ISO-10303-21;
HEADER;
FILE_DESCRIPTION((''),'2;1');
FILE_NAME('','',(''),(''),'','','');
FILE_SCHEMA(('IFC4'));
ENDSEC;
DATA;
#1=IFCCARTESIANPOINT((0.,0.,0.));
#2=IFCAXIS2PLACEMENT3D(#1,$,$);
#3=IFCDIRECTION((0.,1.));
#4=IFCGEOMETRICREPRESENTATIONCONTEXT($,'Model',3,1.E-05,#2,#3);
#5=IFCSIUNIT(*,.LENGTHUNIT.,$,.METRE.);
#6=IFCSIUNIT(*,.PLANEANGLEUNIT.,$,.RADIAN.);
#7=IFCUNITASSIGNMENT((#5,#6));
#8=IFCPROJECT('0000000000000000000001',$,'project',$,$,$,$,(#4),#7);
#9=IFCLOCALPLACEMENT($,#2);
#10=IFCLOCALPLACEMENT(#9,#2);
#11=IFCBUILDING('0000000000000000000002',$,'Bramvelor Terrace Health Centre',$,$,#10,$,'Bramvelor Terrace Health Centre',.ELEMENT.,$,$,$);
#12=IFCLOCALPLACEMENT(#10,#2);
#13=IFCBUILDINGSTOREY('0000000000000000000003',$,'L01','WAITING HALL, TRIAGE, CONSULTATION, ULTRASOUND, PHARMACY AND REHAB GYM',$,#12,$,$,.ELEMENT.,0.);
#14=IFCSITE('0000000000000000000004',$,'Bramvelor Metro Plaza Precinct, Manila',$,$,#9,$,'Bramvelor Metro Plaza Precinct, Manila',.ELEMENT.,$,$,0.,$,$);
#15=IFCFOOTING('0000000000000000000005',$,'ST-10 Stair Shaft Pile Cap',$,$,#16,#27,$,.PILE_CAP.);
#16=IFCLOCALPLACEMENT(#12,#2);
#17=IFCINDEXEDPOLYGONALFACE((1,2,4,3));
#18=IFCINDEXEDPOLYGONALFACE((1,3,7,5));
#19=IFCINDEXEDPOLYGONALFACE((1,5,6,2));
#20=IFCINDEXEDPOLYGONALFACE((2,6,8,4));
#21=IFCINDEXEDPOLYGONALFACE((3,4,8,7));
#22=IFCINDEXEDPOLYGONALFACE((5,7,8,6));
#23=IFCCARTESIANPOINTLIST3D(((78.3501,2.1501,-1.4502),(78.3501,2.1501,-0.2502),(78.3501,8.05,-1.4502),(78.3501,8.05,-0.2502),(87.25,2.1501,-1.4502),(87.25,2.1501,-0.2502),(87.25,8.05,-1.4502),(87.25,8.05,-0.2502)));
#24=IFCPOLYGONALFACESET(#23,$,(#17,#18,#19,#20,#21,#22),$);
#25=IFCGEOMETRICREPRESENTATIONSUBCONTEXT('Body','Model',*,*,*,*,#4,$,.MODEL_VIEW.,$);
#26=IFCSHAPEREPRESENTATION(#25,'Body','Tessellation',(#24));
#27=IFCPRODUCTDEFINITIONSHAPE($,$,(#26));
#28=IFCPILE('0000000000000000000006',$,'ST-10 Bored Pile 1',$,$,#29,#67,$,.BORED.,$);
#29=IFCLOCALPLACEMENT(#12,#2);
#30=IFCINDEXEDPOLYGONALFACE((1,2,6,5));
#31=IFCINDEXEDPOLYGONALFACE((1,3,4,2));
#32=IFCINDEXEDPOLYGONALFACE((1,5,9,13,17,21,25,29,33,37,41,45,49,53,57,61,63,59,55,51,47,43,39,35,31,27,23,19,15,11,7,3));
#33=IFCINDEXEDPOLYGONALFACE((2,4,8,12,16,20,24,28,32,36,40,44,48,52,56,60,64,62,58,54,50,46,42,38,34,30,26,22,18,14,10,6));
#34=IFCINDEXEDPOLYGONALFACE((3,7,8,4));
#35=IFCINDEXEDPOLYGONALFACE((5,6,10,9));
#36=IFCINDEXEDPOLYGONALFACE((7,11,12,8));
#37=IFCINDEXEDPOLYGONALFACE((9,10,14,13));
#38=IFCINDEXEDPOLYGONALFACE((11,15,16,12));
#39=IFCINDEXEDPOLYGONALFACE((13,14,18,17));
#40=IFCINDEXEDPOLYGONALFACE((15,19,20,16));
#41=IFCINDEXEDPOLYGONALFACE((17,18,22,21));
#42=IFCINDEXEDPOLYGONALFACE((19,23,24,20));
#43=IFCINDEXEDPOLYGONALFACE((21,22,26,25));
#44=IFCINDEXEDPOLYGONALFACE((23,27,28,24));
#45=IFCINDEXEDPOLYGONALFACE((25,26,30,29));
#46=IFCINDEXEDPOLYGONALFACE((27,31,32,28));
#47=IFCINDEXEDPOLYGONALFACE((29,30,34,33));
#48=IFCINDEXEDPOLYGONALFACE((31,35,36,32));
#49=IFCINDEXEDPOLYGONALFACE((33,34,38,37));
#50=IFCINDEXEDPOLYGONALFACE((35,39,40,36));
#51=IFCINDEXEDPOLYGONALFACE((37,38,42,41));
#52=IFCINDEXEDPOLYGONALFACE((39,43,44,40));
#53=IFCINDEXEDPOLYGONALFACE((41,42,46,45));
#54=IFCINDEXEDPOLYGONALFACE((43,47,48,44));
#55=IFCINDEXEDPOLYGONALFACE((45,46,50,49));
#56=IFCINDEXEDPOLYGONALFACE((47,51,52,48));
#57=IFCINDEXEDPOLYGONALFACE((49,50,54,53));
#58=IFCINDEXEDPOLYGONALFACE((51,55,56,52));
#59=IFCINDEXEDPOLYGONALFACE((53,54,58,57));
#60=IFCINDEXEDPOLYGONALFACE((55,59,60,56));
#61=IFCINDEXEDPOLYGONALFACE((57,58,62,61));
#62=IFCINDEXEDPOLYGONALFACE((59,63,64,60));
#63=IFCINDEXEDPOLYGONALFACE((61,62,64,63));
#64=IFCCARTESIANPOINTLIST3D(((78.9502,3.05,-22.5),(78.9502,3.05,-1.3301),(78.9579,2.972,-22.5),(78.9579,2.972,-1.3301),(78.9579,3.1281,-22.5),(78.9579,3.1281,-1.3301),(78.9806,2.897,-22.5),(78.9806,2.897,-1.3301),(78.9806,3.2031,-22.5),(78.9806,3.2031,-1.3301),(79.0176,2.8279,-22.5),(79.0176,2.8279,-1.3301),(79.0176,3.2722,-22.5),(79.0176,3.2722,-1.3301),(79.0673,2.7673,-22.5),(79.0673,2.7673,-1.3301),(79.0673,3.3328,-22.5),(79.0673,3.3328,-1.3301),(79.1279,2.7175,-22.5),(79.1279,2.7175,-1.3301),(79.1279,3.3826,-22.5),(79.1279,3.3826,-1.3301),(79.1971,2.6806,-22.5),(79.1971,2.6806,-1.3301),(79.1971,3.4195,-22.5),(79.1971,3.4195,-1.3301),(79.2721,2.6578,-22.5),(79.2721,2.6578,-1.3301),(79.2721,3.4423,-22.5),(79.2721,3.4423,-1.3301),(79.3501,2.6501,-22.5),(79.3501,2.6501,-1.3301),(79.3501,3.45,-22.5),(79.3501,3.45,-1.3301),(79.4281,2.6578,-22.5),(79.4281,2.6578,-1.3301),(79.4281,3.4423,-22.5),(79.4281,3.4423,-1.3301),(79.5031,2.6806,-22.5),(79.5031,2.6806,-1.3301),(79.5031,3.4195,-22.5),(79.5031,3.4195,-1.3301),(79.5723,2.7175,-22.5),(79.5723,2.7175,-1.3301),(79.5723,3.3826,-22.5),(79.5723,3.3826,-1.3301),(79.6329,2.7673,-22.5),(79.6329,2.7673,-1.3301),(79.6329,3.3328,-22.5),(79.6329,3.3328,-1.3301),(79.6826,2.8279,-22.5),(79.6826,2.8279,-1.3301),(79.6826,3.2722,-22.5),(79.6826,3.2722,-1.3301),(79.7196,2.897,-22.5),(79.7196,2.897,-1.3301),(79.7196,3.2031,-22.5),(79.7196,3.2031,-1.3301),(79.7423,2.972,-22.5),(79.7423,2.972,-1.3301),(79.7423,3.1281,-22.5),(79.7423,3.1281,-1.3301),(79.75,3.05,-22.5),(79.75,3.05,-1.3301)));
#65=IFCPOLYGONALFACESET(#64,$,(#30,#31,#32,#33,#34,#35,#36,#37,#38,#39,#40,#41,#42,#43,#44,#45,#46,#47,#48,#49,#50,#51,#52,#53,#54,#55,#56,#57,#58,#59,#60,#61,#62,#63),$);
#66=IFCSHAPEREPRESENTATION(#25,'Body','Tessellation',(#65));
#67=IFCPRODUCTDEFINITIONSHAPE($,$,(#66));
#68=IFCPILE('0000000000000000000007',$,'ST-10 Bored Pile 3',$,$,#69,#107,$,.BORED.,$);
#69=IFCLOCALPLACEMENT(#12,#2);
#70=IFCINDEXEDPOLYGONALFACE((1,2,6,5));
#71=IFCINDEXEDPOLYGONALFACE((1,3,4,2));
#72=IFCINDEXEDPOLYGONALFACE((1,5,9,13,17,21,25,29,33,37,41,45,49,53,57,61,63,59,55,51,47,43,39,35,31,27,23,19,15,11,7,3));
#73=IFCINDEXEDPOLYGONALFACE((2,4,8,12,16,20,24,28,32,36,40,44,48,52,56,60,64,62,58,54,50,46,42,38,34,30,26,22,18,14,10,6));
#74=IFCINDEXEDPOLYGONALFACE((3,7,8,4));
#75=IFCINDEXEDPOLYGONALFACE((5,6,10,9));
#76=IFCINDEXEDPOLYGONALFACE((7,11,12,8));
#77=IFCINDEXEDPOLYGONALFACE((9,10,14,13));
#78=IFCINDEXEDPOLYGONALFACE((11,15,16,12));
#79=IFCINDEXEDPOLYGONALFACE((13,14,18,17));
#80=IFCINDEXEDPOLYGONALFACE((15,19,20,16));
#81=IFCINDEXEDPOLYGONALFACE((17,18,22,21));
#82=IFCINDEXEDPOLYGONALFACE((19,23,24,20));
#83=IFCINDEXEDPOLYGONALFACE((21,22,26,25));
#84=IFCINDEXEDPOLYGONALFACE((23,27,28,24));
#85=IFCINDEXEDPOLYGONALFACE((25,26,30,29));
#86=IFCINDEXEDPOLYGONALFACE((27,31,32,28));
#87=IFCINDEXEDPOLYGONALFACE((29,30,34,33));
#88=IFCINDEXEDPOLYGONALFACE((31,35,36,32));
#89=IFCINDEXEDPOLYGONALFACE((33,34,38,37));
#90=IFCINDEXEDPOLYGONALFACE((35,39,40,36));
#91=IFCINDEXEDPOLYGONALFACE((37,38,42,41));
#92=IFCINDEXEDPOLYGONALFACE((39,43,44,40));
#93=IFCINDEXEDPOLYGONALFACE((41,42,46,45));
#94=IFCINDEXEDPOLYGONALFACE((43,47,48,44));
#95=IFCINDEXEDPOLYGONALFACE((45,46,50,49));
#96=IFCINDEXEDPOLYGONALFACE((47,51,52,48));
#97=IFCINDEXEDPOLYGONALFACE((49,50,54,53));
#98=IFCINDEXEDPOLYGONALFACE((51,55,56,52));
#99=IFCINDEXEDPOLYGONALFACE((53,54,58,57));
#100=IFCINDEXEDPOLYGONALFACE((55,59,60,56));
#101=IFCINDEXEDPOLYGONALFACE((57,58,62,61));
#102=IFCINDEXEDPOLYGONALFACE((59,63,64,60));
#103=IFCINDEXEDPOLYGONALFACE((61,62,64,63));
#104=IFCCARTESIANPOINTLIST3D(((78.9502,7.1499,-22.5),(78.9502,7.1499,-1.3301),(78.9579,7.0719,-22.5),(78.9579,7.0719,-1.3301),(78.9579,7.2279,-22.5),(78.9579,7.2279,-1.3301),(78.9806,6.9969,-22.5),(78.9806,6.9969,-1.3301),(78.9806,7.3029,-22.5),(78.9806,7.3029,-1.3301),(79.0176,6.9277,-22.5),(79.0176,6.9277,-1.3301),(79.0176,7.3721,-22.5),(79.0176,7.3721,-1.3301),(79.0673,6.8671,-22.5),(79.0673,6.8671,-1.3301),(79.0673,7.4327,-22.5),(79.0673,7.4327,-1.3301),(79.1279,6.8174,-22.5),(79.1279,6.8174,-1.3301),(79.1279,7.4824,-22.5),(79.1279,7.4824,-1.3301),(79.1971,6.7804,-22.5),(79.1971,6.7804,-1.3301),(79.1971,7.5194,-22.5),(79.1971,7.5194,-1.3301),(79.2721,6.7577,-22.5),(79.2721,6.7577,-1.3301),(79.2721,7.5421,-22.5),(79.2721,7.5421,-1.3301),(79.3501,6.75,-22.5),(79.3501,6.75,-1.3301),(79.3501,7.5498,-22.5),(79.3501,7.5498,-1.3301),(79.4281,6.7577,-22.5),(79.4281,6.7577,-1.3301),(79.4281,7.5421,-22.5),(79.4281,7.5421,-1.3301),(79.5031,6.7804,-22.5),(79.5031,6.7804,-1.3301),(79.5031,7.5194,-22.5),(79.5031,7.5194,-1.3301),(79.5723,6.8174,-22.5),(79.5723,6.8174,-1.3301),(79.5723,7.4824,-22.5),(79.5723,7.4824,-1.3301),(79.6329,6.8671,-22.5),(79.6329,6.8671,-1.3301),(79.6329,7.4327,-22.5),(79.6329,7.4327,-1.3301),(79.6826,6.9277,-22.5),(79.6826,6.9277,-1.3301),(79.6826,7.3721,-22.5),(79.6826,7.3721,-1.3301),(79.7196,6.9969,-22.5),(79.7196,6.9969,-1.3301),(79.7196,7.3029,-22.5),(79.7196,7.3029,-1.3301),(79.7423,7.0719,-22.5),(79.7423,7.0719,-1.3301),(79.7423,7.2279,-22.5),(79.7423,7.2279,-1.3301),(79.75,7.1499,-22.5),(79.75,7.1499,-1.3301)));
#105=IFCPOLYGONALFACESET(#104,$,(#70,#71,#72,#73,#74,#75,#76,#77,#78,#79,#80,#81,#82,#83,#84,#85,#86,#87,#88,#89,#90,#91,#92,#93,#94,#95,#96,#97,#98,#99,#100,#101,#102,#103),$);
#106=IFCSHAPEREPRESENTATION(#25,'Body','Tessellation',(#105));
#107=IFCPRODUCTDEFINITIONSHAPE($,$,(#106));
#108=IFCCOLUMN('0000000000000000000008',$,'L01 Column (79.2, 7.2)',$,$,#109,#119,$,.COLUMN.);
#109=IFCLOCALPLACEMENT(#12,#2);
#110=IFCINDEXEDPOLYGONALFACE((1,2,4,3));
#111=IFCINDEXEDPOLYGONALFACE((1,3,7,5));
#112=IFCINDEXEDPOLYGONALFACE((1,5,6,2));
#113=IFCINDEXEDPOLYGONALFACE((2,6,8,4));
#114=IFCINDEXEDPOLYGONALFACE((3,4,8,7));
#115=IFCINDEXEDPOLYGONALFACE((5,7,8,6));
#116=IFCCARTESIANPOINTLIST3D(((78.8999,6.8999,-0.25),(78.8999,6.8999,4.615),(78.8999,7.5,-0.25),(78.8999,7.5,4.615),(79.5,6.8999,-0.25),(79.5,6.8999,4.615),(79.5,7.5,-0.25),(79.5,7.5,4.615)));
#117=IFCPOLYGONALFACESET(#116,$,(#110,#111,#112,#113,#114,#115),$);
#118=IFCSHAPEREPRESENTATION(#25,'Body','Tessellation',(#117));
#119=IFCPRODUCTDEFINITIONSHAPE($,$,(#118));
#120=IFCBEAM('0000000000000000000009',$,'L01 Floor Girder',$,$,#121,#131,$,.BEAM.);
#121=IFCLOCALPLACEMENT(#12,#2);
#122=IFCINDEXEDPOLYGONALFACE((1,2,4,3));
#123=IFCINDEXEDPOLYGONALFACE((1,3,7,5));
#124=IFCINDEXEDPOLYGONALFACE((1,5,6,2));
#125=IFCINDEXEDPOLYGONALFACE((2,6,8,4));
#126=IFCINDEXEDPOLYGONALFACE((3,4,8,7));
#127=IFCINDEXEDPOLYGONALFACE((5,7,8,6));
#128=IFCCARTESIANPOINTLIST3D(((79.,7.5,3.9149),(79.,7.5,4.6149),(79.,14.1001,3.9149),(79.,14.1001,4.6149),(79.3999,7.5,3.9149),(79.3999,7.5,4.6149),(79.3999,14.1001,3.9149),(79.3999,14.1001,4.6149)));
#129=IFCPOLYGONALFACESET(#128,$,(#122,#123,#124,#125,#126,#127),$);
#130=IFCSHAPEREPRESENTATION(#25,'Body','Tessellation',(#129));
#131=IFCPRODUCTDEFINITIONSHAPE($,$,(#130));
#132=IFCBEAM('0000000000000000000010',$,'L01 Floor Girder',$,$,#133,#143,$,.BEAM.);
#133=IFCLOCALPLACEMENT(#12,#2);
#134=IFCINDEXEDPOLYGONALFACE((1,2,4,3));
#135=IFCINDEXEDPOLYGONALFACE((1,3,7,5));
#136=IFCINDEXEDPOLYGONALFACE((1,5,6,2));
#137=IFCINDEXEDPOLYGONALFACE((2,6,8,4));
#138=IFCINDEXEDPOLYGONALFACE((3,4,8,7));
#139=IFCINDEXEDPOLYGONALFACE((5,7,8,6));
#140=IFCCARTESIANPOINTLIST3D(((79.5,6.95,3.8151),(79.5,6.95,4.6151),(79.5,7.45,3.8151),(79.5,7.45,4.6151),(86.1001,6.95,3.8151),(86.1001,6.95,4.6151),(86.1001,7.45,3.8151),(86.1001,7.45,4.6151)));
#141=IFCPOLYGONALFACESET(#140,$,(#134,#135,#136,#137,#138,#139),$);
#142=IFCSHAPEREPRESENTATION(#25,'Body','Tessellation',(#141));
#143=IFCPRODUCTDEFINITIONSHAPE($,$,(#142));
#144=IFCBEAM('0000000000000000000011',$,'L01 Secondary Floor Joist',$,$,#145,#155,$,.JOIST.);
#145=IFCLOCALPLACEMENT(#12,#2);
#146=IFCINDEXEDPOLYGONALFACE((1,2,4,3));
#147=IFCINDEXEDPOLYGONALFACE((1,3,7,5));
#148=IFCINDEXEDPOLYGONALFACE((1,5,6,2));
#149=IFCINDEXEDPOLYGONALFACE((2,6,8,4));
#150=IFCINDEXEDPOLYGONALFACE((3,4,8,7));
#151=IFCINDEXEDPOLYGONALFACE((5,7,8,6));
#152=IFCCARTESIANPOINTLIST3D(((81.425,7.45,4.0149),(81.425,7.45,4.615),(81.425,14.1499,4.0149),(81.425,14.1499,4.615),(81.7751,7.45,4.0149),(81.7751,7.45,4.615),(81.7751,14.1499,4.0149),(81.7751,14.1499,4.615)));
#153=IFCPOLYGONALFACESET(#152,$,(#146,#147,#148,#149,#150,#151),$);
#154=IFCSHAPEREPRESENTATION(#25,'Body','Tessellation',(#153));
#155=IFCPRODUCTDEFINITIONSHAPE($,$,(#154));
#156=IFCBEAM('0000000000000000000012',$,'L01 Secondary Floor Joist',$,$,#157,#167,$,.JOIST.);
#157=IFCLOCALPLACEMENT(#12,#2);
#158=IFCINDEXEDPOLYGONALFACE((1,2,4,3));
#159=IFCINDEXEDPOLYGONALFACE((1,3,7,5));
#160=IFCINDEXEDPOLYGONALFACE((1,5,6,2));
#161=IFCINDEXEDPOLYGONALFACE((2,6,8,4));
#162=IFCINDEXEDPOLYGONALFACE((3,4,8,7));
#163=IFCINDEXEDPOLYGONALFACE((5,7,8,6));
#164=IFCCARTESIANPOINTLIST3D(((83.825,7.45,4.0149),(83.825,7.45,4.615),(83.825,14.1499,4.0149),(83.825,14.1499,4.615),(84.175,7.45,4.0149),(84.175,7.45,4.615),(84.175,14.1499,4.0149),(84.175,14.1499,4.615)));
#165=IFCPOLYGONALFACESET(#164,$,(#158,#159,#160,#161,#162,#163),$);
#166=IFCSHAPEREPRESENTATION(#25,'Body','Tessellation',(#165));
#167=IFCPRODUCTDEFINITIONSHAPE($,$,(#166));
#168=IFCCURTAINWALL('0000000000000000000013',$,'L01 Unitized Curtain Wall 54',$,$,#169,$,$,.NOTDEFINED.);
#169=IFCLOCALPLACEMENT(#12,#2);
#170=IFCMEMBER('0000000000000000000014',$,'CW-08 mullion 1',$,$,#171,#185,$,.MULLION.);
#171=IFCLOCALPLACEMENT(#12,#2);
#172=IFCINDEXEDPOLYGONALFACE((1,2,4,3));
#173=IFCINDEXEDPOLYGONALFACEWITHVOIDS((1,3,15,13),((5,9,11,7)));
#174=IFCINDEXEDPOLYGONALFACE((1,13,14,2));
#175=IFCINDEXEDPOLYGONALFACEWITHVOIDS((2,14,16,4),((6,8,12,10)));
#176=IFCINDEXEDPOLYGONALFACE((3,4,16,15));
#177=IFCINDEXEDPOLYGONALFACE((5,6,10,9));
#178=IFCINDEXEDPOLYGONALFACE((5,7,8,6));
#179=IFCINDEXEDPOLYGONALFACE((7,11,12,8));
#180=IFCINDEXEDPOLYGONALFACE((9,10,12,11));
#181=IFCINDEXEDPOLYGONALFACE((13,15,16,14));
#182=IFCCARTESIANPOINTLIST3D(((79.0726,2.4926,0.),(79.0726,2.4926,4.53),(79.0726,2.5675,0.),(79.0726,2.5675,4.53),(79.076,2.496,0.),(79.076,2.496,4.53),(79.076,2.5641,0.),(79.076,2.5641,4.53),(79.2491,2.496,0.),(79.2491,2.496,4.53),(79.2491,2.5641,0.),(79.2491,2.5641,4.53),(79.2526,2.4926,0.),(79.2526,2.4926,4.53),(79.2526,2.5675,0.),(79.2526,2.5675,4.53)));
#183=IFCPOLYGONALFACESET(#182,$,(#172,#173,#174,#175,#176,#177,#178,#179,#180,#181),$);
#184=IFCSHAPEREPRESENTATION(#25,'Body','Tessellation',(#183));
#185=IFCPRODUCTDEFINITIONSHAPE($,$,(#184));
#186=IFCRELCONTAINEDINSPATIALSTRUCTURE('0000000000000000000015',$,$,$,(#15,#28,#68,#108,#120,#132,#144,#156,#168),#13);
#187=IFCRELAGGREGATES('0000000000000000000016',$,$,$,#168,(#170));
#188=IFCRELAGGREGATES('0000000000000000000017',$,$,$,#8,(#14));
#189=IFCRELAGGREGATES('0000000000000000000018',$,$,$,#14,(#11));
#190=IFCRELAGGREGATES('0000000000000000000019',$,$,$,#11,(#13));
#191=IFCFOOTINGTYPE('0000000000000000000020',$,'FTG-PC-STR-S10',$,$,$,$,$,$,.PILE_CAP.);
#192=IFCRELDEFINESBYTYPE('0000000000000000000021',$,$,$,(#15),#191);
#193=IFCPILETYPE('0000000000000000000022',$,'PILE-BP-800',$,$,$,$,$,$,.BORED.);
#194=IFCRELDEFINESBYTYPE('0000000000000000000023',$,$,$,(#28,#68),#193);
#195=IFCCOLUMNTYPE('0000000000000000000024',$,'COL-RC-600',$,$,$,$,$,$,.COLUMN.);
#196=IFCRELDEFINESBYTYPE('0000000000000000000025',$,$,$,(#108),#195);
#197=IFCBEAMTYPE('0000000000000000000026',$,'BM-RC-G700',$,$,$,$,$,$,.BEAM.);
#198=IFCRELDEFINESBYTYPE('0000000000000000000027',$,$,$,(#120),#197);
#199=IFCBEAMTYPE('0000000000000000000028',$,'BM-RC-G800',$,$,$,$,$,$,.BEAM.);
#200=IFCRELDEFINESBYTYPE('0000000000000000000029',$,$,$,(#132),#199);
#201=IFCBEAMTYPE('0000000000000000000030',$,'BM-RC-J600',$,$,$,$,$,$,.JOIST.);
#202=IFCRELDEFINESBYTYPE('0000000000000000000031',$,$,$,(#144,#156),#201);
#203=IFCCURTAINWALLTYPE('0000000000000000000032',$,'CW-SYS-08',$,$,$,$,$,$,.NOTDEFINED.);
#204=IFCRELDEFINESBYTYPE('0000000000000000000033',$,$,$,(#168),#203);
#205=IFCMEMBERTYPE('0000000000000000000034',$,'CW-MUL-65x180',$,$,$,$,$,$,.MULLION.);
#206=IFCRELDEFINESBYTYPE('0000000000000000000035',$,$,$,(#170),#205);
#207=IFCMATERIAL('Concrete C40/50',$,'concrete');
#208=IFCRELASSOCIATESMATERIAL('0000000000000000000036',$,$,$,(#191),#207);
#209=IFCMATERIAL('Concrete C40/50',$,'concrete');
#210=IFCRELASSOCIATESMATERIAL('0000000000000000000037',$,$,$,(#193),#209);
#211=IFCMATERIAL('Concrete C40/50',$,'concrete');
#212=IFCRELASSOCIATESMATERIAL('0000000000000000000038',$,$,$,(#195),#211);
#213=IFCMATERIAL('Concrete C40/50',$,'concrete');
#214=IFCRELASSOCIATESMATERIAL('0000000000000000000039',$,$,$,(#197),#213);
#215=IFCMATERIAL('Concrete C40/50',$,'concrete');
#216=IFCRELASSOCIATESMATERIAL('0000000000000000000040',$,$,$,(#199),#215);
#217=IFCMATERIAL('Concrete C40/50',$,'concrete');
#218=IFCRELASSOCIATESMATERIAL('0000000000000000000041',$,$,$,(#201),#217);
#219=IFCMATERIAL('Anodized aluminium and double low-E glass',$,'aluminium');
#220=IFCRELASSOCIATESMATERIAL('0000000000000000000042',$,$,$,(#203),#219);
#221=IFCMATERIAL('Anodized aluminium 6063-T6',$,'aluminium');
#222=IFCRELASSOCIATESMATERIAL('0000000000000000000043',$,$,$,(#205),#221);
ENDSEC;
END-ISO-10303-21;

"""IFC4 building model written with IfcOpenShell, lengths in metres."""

from ifc_helpers import new_model, si_unit, direction, frame, origin, origin_2d, place, context, subcontext, project, spatial, rectangle, hollow_rectangle, circle, extrude, material, material_profile, profile_set, type_object, element, aggregate, save


model = new_model("IFC4")

# Units and contexts
model_context = context("Model", 3, precision=1e-05, world=origin(), true_north=direction((0.0, 1.0)))
body_context = subcontext(model_context, "Body", "Model", "MODEL_VIEW")
ifc_project = project(units=[si_unit("LENGTHUNIT", "METRE"), si_unit("PLANEANGLEUNIT", "RADIAN")], contexts=[model_context])

# Site, building, storey
site_placement = place(None, origin())
site = spatial("IfcSite", under=ifc_project, at=site_placement, Name="Bramvelor Metro Plaza Precinct, Manila", LongName="Bramvelor Metro Plaza Precinct, Manila", CompositionType="ELEMENT", RefElevation=0.0)
building_placement = place(site_placement, origin())
building = spatial("IfcBuilding", under=site, at=building_placement, Name="Bramvelor Terrace Health Centre", LongName="Bramvelor Terrace Health Centre", CompositionType="ELEMENT")
storey_placement = place(building_placement, origin())
storey = spatial("IfcBuildingStorey", under=building, at=storey_placement, Name="L01", Description="WAITING HALL, TRIAGE, CONSULTATION, ULTRASOUND, PHARMACY AND REHAB GYM", CompositionType="ELEMENT", Elevation=0.0)

# Footing
ifc_material_1 = material(Name="Concrete C40/50", Category="concrete")
footing_type = type_object("IfcFootingType", Name="FTG-PC-STR-S10", PredefinedType="PILE_CAP", material=ifc_material_1)
footing_placement = place(storey_placement, frame((82.8, 5.1001, -1.4502), z_axis=(0.0, 0.0, 1.0), x_axis=(1.0, 0.0, 0.0)))
element("IfcFooting", 1, at=footing_placement, inside=storey, type_object=footing_type, Name="ST-10 Stair Shaft Pile Cap", PredefinedType="PILE_CAP", context=body_context, shape_type="SweptSolid", body=[
    extrude(rectangle(XDim=8.8999, YDim=5.8999, at=origin_2d()), origin(), (0.0, 0.0, 1.0), 1.2),
])

# Piles
ifc_material_2 = material(Name="Concrete C40/50", Category="concrete")
ifc_material_profile_1 = material_profile(ifc_material_2, circle(Radius=0.3999, at=origin_2d()), Name="BP D800")
ifc_profile_set_1 = profile_set([ifc_material_profile_1], Name="Concrete C40/50")
pile_type = type_object("IfcPileType", Name="PILE-BP-800", PredefinedType="BORED", material=ifc_profile_set_1)
for number, where, z_axis, x_axis, name in (
    (2, (79.3501, 3.05, -1.3301), (0.0, 0.0, -1.0), (1.0, 0.0, 0.0), "ST-10 Bored Pile 1"),
    (3, (79.3501, 7.1499, -1.3301), (0.0, 0.0, -1.0), (1.0, 0.0, 0.0), "ST-10 Bored Pile 3"),
):
    element("IfcPile", number, at=place(storey_placement, frame(where, z_axis=z_axis, x_axis=x_axis)), inside=storey, type_object=pile_type, Name=name, PredefinedType="BORED", context=body_context, shape_type="SweptSolid", body=[
        extrude(circle(Radius=0.3999, at=origin_2d()), origin(), (0.0, 0.0, 1.0), 21.1699),
    ])

# Column
ifc_material_3 = material(Name="Concrete C40/50", Category="concrete")
ifc_material_profile_2 = material_profile(ifc_material_3, rectangle(XDim=0.6001, YDim=0.6001, at=origin_2d()), Name="RC 600x600")
ifc_profile_set_2 = profile_set([ifc_material_profile_2], Name="Concrete C40/50")
column_type = type_object("IfcColumnType", Name="COL-RC-600", PredefinedType="COLUMN", material=ifc_profile_set_2)
column_placement = place(storey_placement, frame((79.2, 7.2, -0.25), z_axis=(0.0, 0.0, 1.0), x_axis=(1.0, 0.0, 0.0)))
element("IfcColumn", 4, at=column_placement, inside=storey, type_object=column_type, Name="L01 Column (79.2, 7.2)", PredefinedType="COLUMN", context=body_context, shape_type="SweptSolid", body=[
    extrude(rectangle(XDim=0.6001, YDim=0.6001, at=origin_2d()), origin(), (0.0, 0.0, 1.0), 4.865),
])

# Beams
ifc_material_4 = material(Name="Concrete C40/50", Category="concrete")
ifc_material_profile_3 = material_profile(ifc_material_4, rectangle(XDim=0.3999, YDim=0.7, at=origin_2d()), Name="RC 400x700")
ifc_profile_set_3 = profile_set([ifc_material_profile_3], Name="Concrete C40/50")
beam_type_1 = type_object("IfcBeamType", Name="BM-RC-G700", PredefinedType="BEAM", material=ifc_profile_set_3)
beam_1_placement = place(storey_placement, frame((79.2, 7.5, 4.2649), z_axis=(0.0, 1.0, 0.0), x_axis=(-1.0, 0.0, 0.0)))
element("IfcBeam", 5, at=beam_1_placement, inside=storey, type_object=beam_type_1, Name="L01 Floor Girder", PredefinedType="BEAM", context=body_context, shape_type="SweptSolid", body=[
    extrude(rectangle(XDim=0.3999, YDim=0.7, at=origin_2d()), origin(), (0.0, 0.0, 1.0), 6.6001),
])
ifc_material_5 = material(Name="Concrete C40/50", Category="concrete")
ifc_material_profile_4 = material_profile(ifc_material_5, rectangle(XDim=0.5, YDim=0.8, at=origin_2d()), Name="RC 500x800")
ifc_profile_set_4 = profile_set([ifc_material_profile_4], Name="Concrete C40/50")
beam_type_2 = type_object("IfcBeamType", Name="BM-RC-G800", PredefinedType="BEAM", material=ifc_profile_set_4)
beam_2_placement = place(storey_placement, frame((79.5, 7.2, 4.2151), z_axis=(1.0, 0.0, 0.0), x_axis=(0.0, 1.0, 0.0)))
element("IfcBeam", 6, at=beam_2_placement, inside=storey, type_object=beam_type_2, Name="L01 Floor Girder", PredefinedType="BEAM", context=body_context, shape_type="SweptSolid", body=[
    extrude(rectangle(XDim=0.5, YDim=0.8, at=origin_2d()), origin(), (0.0, 0.0, 1.0), 6.6001),
])
ifc_material_6 = material(Name="Concrete C40/50", Category="concrete")
ifc_material_profile_5 = material_profile(ifc_material_6, rectangle(XDim=0.3501, YDim=0.6001, at=origin_2d()), Name="RC 350x600")
ifc_profile_set_5 = profile_set([ifc_material_profile_5], Name="Concrete C40/50")
beam_type_3 = type_object("IfcBeamType", Name="BM-RC-J600", PredefinedType="JOIST", material=ifc_profile_set_5)
for number, where, z_axis, x_axis, name in (
    (7, (81.6001, 7.45, 4.3149), (0.0, 1.0, 0.0), (-1.0, 0.0, 0.0), "L01 Secondary Floor Joist"),
    (8, (84.0, 7.45, 4.3149), (0.0, 1.0, 0.0), (-1.0, 0.0, 0.0), "L01 Secondary Floor Joist"),
):
    element("IfcBeam", number, at=place(storey_placement, frame(where, z_axis=z_axis, x_axis=x_axis)), inside=storey, type_object=beam_type_3, Name=name, PredefinedType="JOIST", context=body_context, shape_type="SweptSolid", body=[
        extrude(rectangle(XDim=0.3501, YDim=0.6001, at=origin_2d()), origin(), (0.0, 0.0, 1.0), 6.7),
    ])

# Curtain wall, member
ifc_material_7 = material(Name="Anodized aluminium and double low-E glass", Category="aluminium")
curtain_wall_type = type_object("IfcCurtainWallType", Name="CW-SYS-08", PredefinedType="NOTDEFINED", material=ifc_material_7)
curtain_wall_placement = place(storey_placement, origin())
curtain_wall = element("IfcCurtainWall", 9, at=curtain_wall_placement, inside=storey, type_object=curtain_wall_type, Name="L01 Unitized Curtain Wall 54", PredefinedType="NOTDEFINED")
ifc_material_8 = material(Name="Anodized aluminium 6063-T6", Category="aluminium")
ifc_material_profile_6 = material_profile(ifc_material_8, hollow_rectangle(XDim=0.075, YDim=0.1799, WallThickness=0.0034, at=origin_2d()), Name="ALU-MUL 75x180x3.5")
ifc_profile_set_6 = profile_set([ifc_material_profile_6], Name="Anodized aluminium 6063-T6")
member_type_1 = type_object("IfcMemberType", Name="CW-MUL-65x180", PredefinedType="MULLION", material=ifc_profile_set_6)
member_1_placement = place(storey_placement, frame((79.1626, 2.53, 0.0), z_axis=(0.0, 0.0, 1.0), x_axis=(0.0, -1.0, 0.0)))
member_1 = element("IfcMember", 10, at=member_1_placement, type_object=member_type_1, Name="CW-08 mullion 1", PredefinedType="MULLION", context=body_context, shape_type="SweptSolid", body=[
    extrude(hollow_rectangle(XDim=0.075, YDim=0.1799, WallThickness=0.0034, at=origin_2d()), origin(), (0.0, 0.0, 1.0), 4.53),
])
aggregate(curtain_wall, [member_1])

save(model, "model.ifc")
